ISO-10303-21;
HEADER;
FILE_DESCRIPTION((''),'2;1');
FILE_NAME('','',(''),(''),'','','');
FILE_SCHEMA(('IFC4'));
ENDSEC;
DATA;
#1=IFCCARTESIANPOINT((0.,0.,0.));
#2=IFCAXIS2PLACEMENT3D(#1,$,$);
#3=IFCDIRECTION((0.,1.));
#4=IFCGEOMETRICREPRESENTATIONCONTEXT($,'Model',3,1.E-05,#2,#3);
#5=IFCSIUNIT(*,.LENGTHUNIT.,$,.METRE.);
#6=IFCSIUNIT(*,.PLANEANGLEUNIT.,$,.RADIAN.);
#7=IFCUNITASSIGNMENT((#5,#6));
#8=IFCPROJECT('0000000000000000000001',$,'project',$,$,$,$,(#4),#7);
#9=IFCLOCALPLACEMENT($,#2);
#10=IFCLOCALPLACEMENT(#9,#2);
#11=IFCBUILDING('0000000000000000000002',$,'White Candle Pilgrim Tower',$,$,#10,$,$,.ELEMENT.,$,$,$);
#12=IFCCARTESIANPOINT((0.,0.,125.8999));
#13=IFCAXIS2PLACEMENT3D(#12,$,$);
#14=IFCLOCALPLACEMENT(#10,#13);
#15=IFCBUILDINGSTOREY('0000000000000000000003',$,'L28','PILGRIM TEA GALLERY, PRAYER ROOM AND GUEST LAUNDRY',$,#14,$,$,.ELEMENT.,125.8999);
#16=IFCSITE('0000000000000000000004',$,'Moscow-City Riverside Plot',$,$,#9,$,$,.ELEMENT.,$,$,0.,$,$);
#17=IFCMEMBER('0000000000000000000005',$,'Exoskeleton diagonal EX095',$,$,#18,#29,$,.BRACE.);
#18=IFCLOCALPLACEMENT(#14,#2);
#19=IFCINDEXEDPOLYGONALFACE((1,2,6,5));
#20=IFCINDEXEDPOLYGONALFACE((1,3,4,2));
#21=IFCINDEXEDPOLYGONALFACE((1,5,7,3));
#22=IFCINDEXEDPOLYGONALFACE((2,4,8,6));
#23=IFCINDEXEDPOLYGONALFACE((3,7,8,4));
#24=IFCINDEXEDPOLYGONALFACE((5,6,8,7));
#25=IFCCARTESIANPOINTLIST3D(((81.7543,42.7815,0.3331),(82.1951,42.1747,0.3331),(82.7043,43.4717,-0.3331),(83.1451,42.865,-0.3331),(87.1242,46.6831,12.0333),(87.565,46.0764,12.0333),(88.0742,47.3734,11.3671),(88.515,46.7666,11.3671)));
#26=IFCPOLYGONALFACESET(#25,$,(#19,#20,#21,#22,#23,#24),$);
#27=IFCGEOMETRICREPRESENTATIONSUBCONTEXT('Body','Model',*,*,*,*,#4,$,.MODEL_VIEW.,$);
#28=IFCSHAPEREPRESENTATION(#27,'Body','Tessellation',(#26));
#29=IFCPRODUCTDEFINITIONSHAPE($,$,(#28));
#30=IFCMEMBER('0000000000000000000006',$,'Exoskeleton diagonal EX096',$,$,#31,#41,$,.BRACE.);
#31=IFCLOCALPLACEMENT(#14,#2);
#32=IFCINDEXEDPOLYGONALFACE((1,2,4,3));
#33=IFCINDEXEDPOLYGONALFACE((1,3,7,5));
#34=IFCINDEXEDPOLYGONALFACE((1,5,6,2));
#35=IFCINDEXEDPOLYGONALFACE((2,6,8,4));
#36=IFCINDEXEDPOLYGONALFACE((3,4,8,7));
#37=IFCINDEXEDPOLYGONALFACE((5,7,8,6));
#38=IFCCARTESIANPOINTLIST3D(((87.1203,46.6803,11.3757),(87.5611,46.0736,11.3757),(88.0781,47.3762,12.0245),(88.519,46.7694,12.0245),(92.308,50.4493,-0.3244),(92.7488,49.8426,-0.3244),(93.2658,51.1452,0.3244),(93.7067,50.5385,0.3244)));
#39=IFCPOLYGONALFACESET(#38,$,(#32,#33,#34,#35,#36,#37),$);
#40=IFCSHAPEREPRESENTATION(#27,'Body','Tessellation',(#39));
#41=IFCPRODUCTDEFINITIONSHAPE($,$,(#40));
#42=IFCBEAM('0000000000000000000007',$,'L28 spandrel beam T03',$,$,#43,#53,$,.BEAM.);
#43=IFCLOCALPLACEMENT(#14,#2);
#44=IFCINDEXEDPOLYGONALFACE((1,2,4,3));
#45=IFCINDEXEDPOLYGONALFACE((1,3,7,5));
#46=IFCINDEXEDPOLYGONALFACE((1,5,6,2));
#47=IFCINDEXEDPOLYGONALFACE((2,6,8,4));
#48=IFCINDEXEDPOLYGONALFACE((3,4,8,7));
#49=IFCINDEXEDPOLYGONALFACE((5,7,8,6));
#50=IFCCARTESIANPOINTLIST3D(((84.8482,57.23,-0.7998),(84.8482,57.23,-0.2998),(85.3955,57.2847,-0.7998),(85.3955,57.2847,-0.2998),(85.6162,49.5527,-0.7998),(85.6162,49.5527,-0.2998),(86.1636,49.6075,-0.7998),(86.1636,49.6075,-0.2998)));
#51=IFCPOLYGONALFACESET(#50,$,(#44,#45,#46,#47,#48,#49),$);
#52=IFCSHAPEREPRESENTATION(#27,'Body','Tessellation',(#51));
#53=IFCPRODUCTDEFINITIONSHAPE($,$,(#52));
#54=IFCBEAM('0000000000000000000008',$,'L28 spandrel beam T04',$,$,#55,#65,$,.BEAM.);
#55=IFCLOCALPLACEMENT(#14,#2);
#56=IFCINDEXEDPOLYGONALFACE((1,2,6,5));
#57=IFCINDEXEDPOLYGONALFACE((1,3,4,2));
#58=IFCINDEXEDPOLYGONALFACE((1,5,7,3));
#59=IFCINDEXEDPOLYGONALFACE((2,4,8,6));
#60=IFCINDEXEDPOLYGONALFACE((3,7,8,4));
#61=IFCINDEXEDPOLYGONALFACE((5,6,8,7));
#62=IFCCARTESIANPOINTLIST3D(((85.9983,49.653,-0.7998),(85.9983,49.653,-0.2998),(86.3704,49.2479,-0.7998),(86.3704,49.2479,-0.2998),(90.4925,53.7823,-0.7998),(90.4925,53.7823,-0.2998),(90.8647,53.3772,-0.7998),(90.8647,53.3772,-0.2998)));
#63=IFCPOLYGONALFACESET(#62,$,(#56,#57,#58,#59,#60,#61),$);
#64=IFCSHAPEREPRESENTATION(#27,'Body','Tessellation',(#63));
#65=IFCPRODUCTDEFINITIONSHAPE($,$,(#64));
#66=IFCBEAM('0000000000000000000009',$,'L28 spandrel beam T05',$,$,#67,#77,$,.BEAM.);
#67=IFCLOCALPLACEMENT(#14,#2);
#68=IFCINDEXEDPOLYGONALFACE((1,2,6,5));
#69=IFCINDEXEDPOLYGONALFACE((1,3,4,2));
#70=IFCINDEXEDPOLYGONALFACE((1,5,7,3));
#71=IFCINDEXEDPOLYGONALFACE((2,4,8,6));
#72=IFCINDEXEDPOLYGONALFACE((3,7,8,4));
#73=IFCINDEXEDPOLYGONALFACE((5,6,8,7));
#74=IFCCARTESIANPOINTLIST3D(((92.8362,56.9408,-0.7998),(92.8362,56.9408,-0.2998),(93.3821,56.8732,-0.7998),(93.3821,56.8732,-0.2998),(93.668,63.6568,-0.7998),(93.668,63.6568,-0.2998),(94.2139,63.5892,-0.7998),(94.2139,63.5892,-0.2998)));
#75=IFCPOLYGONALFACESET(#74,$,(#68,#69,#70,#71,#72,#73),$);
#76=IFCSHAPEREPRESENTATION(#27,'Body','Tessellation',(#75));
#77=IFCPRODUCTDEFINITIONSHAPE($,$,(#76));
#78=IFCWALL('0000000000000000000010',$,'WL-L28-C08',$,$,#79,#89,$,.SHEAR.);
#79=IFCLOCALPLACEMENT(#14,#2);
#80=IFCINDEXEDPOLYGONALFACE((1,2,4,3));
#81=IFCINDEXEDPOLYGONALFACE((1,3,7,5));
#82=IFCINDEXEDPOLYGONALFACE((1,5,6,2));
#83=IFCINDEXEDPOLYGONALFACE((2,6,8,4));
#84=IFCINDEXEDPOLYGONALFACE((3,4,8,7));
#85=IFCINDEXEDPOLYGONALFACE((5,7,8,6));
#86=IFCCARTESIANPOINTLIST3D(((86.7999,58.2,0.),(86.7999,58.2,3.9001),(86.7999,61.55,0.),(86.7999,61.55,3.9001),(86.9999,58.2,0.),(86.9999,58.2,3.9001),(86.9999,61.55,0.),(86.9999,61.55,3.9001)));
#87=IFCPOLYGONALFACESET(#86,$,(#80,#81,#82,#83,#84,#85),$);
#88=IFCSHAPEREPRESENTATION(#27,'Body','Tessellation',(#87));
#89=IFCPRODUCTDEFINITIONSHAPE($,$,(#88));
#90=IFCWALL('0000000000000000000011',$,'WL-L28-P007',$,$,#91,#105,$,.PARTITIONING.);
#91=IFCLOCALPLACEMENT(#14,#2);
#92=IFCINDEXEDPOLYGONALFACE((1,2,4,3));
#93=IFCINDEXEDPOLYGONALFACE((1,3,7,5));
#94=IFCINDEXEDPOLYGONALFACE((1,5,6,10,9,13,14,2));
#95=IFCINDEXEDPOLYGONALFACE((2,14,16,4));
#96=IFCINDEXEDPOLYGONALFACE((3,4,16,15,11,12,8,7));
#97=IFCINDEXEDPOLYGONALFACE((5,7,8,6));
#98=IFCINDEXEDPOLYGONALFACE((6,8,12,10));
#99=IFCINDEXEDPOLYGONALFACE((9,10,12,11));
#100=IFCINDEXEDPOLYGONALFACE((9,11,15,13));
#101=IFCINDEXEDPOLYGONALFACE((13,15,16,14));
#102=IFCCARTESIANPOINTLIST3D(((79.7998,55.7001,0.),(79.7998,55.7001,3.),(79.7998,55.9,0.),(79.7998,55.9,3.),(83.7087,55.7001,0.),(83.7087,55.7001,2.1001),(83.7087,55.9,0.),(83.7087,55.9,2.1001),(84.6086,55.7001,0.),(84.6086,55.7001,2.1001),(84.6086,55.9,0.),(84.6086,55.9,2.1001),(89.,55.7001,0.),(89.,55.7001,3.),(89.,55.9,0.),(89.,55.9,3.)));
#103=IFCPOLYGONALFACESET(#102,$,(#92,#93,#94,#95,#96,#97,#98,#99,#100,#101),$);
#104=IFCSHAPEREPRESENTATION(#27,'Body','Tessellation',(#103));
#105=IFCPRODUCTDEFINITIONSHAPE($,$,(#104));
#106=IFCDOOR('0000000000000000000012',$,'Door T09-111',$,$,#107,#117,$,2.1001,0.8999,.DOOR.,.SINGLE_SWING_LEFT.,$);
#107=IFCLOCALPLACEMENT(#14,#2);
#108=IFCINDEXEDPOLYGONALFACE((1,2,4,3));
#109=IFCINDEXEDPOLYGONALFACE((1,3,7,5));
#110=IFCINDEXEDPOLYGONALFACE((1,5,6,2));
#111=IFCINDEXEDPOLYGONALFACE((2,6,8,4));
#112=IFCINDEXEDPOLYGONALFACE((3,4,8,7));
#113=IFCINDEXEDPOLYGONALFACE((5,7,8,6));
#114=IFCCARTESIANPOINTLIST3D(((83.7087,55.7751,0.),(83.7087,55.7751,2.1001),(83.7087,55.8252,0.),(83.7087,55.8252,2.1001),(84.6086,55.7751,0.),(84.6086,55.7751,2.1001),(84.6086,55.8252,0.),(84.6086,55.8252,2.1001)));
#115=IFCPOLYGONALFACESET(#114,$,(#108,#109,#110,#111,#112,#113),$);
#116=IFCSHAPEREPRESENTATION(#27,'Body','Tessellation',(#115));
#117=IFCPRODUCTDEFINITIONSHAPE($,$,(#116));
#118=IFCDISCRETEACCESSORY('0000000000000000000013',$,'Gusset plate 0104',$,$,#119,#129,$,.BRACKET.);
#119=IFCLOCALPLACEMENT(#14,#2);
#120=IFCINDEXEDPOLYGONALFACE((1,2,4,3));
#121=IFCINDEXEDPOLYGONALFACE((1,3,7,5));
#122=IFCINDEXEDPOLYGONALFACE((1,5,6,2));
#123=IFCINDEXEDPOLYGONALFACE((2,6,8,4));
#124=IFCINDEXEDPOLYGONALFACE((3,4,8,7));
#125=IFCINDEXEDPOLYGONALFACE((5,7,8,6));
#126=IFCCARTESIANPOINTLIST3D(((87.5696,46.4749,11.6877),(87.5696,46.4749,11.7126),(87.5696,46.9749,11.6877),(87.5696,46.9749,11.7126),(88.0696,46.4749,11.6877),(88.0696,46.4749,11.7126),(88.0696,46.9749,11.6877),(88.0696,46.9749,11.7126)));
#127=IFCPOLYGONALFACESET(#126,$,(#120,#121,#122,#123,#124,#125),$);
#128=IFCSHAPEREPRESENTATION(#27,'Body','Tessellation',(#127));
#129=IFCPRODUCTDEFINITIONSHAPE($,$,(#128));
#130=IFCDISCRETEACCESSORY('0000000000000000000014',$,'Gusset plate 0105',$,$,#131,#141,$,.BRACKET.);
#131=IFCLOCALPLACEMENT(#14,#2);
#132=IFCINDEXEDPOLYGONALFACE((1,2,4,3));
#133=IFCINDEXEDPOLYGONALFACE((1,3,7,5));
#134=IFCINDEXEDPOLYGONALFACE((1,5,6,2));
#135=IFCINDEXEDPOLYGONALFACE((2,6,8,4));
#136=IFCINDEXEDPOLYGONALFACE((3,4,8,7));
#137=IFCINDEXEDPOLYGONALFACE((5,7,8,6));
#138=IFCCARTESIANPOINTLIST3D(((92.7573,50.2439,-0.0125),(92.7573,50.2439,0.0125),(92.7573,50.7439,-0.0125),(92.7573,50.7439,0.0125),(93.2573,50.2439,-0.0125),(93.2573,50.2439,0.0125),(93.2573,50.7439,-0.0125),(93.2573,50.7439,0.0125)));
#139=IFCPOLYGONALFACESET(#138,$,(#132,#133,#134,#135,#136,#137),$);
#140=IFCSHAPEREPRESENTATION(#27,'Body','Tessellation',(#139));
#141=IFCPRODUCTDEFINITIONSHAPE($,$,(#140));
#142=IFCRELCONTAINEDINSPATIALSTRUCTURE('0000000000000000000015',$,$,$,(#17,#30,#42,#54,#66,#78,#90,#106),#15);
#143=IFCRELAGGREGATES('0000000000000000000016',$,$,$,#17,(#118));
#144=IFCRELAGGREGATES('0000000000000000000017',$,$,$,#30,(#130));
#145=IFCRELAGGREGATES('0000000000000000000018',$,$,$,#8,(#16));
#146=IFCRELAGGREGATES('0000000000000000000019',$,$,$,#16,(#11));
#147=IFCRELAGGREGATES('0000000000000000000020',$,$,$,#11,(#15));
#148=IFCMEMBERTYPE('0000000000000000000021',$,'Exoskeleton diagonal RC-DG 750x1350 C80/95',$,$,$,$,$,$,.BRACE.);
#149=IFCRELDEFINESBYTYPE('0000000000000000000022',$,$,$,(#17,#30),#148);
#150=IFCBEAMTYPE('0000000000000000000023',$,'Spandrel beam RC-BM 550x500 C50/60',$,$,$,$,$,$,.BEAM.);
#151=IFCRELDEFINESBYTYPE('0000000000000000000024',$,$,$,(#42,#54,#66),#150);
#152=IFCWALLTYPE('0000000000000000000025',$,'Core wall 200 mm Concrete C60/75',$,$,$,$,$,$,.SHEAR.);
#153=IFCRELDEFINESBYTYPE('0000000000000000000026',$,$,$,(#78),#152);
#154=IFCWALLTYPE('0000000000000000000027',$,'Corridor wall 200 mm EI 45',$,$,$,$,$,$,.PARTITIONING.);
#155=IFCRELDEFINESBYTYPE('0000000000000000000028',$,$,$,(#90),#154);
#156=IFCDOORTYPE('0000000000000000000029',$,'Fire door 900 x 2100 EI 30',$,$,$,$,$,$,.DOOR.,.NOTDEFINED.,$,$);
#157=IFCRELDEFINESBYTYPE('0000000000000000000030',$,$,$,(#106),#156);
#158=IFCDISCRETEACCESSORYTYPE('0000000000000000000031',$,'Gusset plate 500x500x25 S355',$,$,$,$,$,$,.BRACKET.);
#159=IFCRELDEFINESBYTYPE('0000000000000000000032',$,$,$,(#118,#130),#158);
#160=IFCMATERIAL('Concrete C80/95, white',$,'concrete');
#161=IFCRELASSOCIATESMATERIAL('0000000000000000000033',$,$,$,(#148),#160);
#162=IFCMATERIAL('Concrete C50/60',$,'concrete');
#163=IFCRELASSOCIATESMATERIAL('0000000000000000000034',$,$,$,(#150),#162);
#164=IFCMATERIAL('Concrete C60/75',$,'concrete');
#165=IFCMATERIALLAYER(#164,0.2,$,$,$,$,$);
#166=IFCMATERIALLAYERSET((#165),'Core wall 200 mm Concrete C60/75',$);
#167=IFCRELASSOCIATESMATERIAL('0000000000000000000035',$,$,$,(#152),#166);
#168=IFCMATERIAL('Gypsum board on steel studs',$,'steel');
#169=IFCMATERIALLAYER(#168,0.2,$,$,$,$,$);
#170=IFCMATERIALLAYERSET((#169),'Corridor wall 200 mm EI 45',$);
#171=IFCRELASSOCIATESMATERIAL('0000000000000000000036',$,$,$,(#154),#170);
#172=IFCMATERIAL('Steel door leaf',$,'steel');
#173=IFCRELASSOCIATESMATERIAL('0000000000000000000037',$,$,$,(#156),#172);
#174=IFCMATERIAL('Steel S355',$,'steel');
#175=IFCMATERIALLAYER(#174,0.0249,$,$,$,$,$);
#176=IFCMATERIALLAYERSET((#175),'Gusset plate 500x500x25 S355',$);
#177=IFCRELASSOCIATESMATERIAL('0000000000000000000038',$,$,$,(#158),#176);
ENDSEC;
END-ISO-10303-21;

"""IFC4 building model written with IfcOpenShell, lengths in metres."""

from ifc_helpers import new_model, si_unit, direction, frame, frame_2d, origin, origin_2d, place, context, subcontext, project, spatial, rectangle, extrude, material, layer, layer_set, material_profile, profile_set, type_object, element, fill, aggregate, save


model = new_model("IFC4")

# Units and contexts
model_context = context("Model", 3, precision=1e-05, world=origin(), true_north=direction((0.0, 1.0)))
body_context = subcontext(model_context, "Body", "Model", "MODEL_VIEW")
ifc_project = project(units=[si_unit("LENGTHUNIT", "METRE"), si_unit("PLANEANGLEUNIT", "RADIAN")], contexts=[model_context])

# Site, building, storey
site_placement = place(None, origin())
site = spatial("IfcSite", under=ifc_project, at=site_placement, Name="Moscow-City Riverside Plot", CompositionType="ELEMENT", RefElevation=0.0)
building_placement = place(site_placement, origin())
building = spatial("IfcBuilding", under=site, at=building_placement, Name="White Candle Pilgrim Tower", CompositionType="ELEMENT")
storey_placement = place(building_placement, frame((0.0, 0.0, 125.8999)))
storey = spatial("IfcBuildingStorey", under=building, at=storey_placement, Name="L28", Description="PILGRIM TEA GALLERY, PRAYER ROOM AND GUEST LAUNDRY", CompositionType="ELEMENT", Elevation=125.8999)

# Members
ifc_material_1 = material(Name="Concrete C80/95, white", Category="concrete")
ifc_material_profile_1 = material_profile(ifc_material_1, rectangle(XDim=0.75, YDim=1.3501, at=origin_2d()), Name="RC-DG 750x1350")
ifc_profile_set_1 = profile_set([ifc_material_profile_1], Name="Concrete C80/95, white")
member_type = type_object("IfcMemberType", Name="Exoskeleton diagonal RC-DG 750x1350 C80/95", PredefinedType="BRACE", material=ifc_profile_set_1)
member_1_placement = place(storey_placement, frame((82.4497, 42.8232, 0.0), z_axis=(0.399192, 0.290042, 0.869782), x_axis=(-0.587802, 0.809005, 0.0)))
member_1 = element("IfcMember", 1, at=member_1_placement, inside=storey, type_object=member_type, Name="Exoskeleton diagonal EX095", PredefinedType="BRACE", context=body_context, shape_type="SweptSolid", body=[
    extrude(rectangle(XDim=0.75, YDim=1.3501, at=origin_2d()), origin(), (0.0, 0.0, 1.0), 13.4519),
])
member_2_placement = place(storey_placement, frame((93.0073, 50.4939, 0.0), z_axis=(-0.388824, -0.282491, 0.876935), x_axis=(0.587778, -0.809022, 0.0)))
member_2 = element("IfcMember", 2, at=member_2_placement, inside=storey, type_object=member_type, Name="Exoskeleton diagonal EX096", PredefinedType="BRACE", context=body_context, shape_type="SweptSolid", body=[
    extrude(rectangle(XDim=0.75, YDim=1.3501, at=origin_2d()), origin(), (0.0, 0.0, 1.0), 13.342),
])

# Beams
ifc_material_2 = material(Name="Concrete C50/60", Category="concrete")
ifc_material_profile_2 = material_profile(ifc_material_2, rectangle(XDim=0.55, YDim=0.5, at=origin_2d()), Name="RC-BM 550x500")
ifc_profile_set_2 = profile_set([ifc_material_profile_2], Name="Concrete C50/60")
beam_type = type_object("IfcBeamType", Name="Spandrel beam RC-BM 550x500 C50/60", PredefinedType="BEAM", material=ifc_profile_set_2)
beam_1_placement = place(storey_placement, frame((85.8899, 49.5801, -0.5498), z_axis=(-0.099548, 0.995033, 0.0), x_axis=(-0.995033, -0.099548, 0.0)))
element("IfcBeam", 3, at=beam_1_placement, inside=storey, type_object=beam_type, Name="L28 spandrel beam T03", PredefinedType="BEAM", context=body_context, shape_type="SweptSolid", body=[
    extrude(rectangle(XDim=0.55, YDim=0.5, at=origin_2d()), origin(), (0.0, 0.0, 1.0), 7.7156),
])
beam_2_placement = place(storey_placement, frame((86.1843, 49.4504, -0.5498), z_axis=(0.736375, 0.676574, 0.0), x_axis=(-0.676574, 0.736375, 0.0)))
element("IfcBeam", 4, at=beam_2_placement, inside=storey, type_object=beam_type, Name="L28 spandrel beam T04", PredefinedType="BEAM", context=body_context, shape_type="SweptSolid", body=[
    extrude(rectangle(XDim=0.55, YDim=0.5, at=origin_2d()), origin(), (0.0, 0.0, 1.0), 6.1033),
])
beam_3_placement = place(storey_placement, frame((93.1091, 56.907, -0.5498), z_axis=(0.122911, 0.992418, 0.0), x_axis=(-0.992418, 0.122911, 0.0)))
element("IfcBeam", 5, at=beam_3_placement, inside=storey, type_object=beam_type, Name="L28 spandrel beam T05", PredefinedType="BEAM", context=body_context, shape_type="SweptSolid", body=[
    extrude(rectangle(XDim=0.55, YDim=0.5, at=origin_2d()), origin(), (0.0, 0.0, 1.0), 6.7673),
])

# Wall
ifc_material_3 = material(Name="Concrete C60/75", Category="concrete")
ifc_layer_1 = layer(ifc_material_3, 0.2)
ifc_layer_set_1 = layer_set([ifc_layer_1], Name="Core wall 200 mm Concrete C60/75")
wall_type_1 = type_object("IfcWallType", Name="Core wall 200 mm Concrete C60/75", PredefinedType="SHEAR", material=ifc_layer_set_1)
wall_1_placement = place(storey_placement, frame((86.8999, 58.2, 0.0), z_axis=(0.0, 0.0, 1.0), x_axis=(0.0, 1.0, 0.0)))
element("IfcWall", 6, at=wall_1_placement, inside=storey, type_object=wall_type_1, Name="WL-L28-C08", PredefinedType="SHEAR", context=body_context, shape_type="SweptSolid", body=[
    extrude(rectangle(XDim=3.3501, YDim=0.2, at=frame_2d((1.675, 0.0))), origin(), (0.0, 0.0, 1.0), 3.9001),
])

# Wall, opening, door
ifc_material_4 = material(Name="Gypsum board on steel studs", Category="steel")
ifc_layer_2 = layer(ifc_material_4, 0.2)
ifc_layer_set_2 = layer_set([ifc_layer_2], Name="Corridor wall 200 mm EI 45")
wall_type_2 = type_object("IfcWallType", Name="Corridor wall 200 mm EI 45", PredefinedType="PARTITIONING", material=ifc_layer_set_2)
wall_2_placement = place(storey_placement, frame((89.0, 55.8, 0.0), z_axis=(0.0, 0.0, 1.0), x_axis=(-1.0, 0.0, 0.0)))
wall_2 = element("IfcWall", 7, at=wall_2_placement, inside=storey, type_object=wall_type_2, Name="WL-L28-P007", PredefinedType="PARTITIONING", context=body_context, shape_type="SweptSolid", body=[
    extrude(rectangle(XDim=9.2002, YDim=0.2, at=frame_2d((4.6001, 0.0))), origin(), (0.0, 0.0, 1.0), 3.0),
])
opening_1_placement = place(wall_2_placement, frame((4.3914, 0.0, 0.0)))
opening_1 = element("IfcOpeningElement", 8, at=opening_1_placement, cuts=wall_2, PredefinedType="OPENING", context=body_context, shape_type="SweptSolid", body=[
    extrude(rectangle(XDim=0.8999, YDim=2.1001, at=frame_2d((0.45, 1.05))), frame((0.0, 0.1099, 0.0), z_axis=(0.0, -1.0, 0.0), x_axis=(1.0, 0.0, 0.0)), (0.0, 0.0, 1.0), 0.22),
])
ifc_material_5 = material(Name="Steel door leaf", Category="steel")
door_type_1 = type_object("IfcDoorType", Name="Fire door 900 x 2100 EI 30", OperationType="NOTDEFINED", PredefinedType="DOOR", material=ifc_material_5)
door_1_placement = place(opening_1_placement, origin())
door_1 = element("IfcDoor", 9, at=door_1_placement, inside=storey, type_object=door_type_1, Name="Door T09-111", OperationType="SINGLE_SWING_LEFT", OverallHeight=2.1001, OverallWidth=0.8999, PredefinedType="DOOR", context=body_context, shape_type="SweptSolid", body=[
    extrude(rectangle(XDim=0.8999, YDim=2.1001, at=frame_2d((0.45, 1.05))), frame((0.0, 0.0249, 0.0), z_axis=(0.0, -1.0, 0.0), x_axis=(1.0, 0.0, 0.0)), (0.0, 0.0, 1.0), 0.05),
])
fill(opening_1, door_1)

# Discrete accessories
ifc_material_6 = material(Name="Steel S355", Category="steel")
ifc_layer_3 = layer(ifc_material_6, 0.0249)
ifc_layer_set_3 = layer_set([ifc_layer_3], Name="Gusset plate 500x500x25 S355")
discrete_accessory_type = type_object("IfcDiscreteAccessoryType", Name="Gusset plate 500x500x25 S355", PredefinedType="BRACKET", material=ifc_layer_set_3)
placement = place(building_placement, frame((0.0, 0.0, 137.6001)))
discrete_accessory_1_placement = place(placement, frame((87.8196, 46.7249, -0.0125), z_axis=(0.0, 0.0, 1.0), x_axis=(1.0, 0.0, 0.0)))
discrete_accessory_1 = element("IfcDiscreteAccessory", 10, at=discrete_accessory_1_placement, type_object=discrete_accessory_type, Name="Gusset plate 0104", PredefinedType="BRACKET", context=body_context, shape_type="SweptSolid", body=[
    extrude(rectangle(XDim=0.5, YDim=0.5, at=origin_2d()), origin(), (0.0, 0.0, 1.0), 0.0249),
])
aggregate(member_1, [discrete_accessory_1])
discrete_accessory_2_placement = place(storey_placement, frame((93.0073, 50.4939, -0.0125), z_axis=(0.0, 0.0, 1.0), x_axis=(1.0, 0.0, 0.0)))
discrete_accessory_2 = element("IfcDiscreteAccessory", 11, at=discrete_accessory_2_placement, type_object=discrete_accessory_type, Name="Gusset plate 0105", PredefinedType="BRACKET", context=body_context, shape_type="SweptSolid", body=[
    extrude(rectangle(XDim=0.5, YDim=0.5, at=origin_2d()), origin(), (0.0, 0.0, 1.0), 0.0249),
])
aggregate(member_2, [discrete_accessory_2])

save(model, "model.ifc")
